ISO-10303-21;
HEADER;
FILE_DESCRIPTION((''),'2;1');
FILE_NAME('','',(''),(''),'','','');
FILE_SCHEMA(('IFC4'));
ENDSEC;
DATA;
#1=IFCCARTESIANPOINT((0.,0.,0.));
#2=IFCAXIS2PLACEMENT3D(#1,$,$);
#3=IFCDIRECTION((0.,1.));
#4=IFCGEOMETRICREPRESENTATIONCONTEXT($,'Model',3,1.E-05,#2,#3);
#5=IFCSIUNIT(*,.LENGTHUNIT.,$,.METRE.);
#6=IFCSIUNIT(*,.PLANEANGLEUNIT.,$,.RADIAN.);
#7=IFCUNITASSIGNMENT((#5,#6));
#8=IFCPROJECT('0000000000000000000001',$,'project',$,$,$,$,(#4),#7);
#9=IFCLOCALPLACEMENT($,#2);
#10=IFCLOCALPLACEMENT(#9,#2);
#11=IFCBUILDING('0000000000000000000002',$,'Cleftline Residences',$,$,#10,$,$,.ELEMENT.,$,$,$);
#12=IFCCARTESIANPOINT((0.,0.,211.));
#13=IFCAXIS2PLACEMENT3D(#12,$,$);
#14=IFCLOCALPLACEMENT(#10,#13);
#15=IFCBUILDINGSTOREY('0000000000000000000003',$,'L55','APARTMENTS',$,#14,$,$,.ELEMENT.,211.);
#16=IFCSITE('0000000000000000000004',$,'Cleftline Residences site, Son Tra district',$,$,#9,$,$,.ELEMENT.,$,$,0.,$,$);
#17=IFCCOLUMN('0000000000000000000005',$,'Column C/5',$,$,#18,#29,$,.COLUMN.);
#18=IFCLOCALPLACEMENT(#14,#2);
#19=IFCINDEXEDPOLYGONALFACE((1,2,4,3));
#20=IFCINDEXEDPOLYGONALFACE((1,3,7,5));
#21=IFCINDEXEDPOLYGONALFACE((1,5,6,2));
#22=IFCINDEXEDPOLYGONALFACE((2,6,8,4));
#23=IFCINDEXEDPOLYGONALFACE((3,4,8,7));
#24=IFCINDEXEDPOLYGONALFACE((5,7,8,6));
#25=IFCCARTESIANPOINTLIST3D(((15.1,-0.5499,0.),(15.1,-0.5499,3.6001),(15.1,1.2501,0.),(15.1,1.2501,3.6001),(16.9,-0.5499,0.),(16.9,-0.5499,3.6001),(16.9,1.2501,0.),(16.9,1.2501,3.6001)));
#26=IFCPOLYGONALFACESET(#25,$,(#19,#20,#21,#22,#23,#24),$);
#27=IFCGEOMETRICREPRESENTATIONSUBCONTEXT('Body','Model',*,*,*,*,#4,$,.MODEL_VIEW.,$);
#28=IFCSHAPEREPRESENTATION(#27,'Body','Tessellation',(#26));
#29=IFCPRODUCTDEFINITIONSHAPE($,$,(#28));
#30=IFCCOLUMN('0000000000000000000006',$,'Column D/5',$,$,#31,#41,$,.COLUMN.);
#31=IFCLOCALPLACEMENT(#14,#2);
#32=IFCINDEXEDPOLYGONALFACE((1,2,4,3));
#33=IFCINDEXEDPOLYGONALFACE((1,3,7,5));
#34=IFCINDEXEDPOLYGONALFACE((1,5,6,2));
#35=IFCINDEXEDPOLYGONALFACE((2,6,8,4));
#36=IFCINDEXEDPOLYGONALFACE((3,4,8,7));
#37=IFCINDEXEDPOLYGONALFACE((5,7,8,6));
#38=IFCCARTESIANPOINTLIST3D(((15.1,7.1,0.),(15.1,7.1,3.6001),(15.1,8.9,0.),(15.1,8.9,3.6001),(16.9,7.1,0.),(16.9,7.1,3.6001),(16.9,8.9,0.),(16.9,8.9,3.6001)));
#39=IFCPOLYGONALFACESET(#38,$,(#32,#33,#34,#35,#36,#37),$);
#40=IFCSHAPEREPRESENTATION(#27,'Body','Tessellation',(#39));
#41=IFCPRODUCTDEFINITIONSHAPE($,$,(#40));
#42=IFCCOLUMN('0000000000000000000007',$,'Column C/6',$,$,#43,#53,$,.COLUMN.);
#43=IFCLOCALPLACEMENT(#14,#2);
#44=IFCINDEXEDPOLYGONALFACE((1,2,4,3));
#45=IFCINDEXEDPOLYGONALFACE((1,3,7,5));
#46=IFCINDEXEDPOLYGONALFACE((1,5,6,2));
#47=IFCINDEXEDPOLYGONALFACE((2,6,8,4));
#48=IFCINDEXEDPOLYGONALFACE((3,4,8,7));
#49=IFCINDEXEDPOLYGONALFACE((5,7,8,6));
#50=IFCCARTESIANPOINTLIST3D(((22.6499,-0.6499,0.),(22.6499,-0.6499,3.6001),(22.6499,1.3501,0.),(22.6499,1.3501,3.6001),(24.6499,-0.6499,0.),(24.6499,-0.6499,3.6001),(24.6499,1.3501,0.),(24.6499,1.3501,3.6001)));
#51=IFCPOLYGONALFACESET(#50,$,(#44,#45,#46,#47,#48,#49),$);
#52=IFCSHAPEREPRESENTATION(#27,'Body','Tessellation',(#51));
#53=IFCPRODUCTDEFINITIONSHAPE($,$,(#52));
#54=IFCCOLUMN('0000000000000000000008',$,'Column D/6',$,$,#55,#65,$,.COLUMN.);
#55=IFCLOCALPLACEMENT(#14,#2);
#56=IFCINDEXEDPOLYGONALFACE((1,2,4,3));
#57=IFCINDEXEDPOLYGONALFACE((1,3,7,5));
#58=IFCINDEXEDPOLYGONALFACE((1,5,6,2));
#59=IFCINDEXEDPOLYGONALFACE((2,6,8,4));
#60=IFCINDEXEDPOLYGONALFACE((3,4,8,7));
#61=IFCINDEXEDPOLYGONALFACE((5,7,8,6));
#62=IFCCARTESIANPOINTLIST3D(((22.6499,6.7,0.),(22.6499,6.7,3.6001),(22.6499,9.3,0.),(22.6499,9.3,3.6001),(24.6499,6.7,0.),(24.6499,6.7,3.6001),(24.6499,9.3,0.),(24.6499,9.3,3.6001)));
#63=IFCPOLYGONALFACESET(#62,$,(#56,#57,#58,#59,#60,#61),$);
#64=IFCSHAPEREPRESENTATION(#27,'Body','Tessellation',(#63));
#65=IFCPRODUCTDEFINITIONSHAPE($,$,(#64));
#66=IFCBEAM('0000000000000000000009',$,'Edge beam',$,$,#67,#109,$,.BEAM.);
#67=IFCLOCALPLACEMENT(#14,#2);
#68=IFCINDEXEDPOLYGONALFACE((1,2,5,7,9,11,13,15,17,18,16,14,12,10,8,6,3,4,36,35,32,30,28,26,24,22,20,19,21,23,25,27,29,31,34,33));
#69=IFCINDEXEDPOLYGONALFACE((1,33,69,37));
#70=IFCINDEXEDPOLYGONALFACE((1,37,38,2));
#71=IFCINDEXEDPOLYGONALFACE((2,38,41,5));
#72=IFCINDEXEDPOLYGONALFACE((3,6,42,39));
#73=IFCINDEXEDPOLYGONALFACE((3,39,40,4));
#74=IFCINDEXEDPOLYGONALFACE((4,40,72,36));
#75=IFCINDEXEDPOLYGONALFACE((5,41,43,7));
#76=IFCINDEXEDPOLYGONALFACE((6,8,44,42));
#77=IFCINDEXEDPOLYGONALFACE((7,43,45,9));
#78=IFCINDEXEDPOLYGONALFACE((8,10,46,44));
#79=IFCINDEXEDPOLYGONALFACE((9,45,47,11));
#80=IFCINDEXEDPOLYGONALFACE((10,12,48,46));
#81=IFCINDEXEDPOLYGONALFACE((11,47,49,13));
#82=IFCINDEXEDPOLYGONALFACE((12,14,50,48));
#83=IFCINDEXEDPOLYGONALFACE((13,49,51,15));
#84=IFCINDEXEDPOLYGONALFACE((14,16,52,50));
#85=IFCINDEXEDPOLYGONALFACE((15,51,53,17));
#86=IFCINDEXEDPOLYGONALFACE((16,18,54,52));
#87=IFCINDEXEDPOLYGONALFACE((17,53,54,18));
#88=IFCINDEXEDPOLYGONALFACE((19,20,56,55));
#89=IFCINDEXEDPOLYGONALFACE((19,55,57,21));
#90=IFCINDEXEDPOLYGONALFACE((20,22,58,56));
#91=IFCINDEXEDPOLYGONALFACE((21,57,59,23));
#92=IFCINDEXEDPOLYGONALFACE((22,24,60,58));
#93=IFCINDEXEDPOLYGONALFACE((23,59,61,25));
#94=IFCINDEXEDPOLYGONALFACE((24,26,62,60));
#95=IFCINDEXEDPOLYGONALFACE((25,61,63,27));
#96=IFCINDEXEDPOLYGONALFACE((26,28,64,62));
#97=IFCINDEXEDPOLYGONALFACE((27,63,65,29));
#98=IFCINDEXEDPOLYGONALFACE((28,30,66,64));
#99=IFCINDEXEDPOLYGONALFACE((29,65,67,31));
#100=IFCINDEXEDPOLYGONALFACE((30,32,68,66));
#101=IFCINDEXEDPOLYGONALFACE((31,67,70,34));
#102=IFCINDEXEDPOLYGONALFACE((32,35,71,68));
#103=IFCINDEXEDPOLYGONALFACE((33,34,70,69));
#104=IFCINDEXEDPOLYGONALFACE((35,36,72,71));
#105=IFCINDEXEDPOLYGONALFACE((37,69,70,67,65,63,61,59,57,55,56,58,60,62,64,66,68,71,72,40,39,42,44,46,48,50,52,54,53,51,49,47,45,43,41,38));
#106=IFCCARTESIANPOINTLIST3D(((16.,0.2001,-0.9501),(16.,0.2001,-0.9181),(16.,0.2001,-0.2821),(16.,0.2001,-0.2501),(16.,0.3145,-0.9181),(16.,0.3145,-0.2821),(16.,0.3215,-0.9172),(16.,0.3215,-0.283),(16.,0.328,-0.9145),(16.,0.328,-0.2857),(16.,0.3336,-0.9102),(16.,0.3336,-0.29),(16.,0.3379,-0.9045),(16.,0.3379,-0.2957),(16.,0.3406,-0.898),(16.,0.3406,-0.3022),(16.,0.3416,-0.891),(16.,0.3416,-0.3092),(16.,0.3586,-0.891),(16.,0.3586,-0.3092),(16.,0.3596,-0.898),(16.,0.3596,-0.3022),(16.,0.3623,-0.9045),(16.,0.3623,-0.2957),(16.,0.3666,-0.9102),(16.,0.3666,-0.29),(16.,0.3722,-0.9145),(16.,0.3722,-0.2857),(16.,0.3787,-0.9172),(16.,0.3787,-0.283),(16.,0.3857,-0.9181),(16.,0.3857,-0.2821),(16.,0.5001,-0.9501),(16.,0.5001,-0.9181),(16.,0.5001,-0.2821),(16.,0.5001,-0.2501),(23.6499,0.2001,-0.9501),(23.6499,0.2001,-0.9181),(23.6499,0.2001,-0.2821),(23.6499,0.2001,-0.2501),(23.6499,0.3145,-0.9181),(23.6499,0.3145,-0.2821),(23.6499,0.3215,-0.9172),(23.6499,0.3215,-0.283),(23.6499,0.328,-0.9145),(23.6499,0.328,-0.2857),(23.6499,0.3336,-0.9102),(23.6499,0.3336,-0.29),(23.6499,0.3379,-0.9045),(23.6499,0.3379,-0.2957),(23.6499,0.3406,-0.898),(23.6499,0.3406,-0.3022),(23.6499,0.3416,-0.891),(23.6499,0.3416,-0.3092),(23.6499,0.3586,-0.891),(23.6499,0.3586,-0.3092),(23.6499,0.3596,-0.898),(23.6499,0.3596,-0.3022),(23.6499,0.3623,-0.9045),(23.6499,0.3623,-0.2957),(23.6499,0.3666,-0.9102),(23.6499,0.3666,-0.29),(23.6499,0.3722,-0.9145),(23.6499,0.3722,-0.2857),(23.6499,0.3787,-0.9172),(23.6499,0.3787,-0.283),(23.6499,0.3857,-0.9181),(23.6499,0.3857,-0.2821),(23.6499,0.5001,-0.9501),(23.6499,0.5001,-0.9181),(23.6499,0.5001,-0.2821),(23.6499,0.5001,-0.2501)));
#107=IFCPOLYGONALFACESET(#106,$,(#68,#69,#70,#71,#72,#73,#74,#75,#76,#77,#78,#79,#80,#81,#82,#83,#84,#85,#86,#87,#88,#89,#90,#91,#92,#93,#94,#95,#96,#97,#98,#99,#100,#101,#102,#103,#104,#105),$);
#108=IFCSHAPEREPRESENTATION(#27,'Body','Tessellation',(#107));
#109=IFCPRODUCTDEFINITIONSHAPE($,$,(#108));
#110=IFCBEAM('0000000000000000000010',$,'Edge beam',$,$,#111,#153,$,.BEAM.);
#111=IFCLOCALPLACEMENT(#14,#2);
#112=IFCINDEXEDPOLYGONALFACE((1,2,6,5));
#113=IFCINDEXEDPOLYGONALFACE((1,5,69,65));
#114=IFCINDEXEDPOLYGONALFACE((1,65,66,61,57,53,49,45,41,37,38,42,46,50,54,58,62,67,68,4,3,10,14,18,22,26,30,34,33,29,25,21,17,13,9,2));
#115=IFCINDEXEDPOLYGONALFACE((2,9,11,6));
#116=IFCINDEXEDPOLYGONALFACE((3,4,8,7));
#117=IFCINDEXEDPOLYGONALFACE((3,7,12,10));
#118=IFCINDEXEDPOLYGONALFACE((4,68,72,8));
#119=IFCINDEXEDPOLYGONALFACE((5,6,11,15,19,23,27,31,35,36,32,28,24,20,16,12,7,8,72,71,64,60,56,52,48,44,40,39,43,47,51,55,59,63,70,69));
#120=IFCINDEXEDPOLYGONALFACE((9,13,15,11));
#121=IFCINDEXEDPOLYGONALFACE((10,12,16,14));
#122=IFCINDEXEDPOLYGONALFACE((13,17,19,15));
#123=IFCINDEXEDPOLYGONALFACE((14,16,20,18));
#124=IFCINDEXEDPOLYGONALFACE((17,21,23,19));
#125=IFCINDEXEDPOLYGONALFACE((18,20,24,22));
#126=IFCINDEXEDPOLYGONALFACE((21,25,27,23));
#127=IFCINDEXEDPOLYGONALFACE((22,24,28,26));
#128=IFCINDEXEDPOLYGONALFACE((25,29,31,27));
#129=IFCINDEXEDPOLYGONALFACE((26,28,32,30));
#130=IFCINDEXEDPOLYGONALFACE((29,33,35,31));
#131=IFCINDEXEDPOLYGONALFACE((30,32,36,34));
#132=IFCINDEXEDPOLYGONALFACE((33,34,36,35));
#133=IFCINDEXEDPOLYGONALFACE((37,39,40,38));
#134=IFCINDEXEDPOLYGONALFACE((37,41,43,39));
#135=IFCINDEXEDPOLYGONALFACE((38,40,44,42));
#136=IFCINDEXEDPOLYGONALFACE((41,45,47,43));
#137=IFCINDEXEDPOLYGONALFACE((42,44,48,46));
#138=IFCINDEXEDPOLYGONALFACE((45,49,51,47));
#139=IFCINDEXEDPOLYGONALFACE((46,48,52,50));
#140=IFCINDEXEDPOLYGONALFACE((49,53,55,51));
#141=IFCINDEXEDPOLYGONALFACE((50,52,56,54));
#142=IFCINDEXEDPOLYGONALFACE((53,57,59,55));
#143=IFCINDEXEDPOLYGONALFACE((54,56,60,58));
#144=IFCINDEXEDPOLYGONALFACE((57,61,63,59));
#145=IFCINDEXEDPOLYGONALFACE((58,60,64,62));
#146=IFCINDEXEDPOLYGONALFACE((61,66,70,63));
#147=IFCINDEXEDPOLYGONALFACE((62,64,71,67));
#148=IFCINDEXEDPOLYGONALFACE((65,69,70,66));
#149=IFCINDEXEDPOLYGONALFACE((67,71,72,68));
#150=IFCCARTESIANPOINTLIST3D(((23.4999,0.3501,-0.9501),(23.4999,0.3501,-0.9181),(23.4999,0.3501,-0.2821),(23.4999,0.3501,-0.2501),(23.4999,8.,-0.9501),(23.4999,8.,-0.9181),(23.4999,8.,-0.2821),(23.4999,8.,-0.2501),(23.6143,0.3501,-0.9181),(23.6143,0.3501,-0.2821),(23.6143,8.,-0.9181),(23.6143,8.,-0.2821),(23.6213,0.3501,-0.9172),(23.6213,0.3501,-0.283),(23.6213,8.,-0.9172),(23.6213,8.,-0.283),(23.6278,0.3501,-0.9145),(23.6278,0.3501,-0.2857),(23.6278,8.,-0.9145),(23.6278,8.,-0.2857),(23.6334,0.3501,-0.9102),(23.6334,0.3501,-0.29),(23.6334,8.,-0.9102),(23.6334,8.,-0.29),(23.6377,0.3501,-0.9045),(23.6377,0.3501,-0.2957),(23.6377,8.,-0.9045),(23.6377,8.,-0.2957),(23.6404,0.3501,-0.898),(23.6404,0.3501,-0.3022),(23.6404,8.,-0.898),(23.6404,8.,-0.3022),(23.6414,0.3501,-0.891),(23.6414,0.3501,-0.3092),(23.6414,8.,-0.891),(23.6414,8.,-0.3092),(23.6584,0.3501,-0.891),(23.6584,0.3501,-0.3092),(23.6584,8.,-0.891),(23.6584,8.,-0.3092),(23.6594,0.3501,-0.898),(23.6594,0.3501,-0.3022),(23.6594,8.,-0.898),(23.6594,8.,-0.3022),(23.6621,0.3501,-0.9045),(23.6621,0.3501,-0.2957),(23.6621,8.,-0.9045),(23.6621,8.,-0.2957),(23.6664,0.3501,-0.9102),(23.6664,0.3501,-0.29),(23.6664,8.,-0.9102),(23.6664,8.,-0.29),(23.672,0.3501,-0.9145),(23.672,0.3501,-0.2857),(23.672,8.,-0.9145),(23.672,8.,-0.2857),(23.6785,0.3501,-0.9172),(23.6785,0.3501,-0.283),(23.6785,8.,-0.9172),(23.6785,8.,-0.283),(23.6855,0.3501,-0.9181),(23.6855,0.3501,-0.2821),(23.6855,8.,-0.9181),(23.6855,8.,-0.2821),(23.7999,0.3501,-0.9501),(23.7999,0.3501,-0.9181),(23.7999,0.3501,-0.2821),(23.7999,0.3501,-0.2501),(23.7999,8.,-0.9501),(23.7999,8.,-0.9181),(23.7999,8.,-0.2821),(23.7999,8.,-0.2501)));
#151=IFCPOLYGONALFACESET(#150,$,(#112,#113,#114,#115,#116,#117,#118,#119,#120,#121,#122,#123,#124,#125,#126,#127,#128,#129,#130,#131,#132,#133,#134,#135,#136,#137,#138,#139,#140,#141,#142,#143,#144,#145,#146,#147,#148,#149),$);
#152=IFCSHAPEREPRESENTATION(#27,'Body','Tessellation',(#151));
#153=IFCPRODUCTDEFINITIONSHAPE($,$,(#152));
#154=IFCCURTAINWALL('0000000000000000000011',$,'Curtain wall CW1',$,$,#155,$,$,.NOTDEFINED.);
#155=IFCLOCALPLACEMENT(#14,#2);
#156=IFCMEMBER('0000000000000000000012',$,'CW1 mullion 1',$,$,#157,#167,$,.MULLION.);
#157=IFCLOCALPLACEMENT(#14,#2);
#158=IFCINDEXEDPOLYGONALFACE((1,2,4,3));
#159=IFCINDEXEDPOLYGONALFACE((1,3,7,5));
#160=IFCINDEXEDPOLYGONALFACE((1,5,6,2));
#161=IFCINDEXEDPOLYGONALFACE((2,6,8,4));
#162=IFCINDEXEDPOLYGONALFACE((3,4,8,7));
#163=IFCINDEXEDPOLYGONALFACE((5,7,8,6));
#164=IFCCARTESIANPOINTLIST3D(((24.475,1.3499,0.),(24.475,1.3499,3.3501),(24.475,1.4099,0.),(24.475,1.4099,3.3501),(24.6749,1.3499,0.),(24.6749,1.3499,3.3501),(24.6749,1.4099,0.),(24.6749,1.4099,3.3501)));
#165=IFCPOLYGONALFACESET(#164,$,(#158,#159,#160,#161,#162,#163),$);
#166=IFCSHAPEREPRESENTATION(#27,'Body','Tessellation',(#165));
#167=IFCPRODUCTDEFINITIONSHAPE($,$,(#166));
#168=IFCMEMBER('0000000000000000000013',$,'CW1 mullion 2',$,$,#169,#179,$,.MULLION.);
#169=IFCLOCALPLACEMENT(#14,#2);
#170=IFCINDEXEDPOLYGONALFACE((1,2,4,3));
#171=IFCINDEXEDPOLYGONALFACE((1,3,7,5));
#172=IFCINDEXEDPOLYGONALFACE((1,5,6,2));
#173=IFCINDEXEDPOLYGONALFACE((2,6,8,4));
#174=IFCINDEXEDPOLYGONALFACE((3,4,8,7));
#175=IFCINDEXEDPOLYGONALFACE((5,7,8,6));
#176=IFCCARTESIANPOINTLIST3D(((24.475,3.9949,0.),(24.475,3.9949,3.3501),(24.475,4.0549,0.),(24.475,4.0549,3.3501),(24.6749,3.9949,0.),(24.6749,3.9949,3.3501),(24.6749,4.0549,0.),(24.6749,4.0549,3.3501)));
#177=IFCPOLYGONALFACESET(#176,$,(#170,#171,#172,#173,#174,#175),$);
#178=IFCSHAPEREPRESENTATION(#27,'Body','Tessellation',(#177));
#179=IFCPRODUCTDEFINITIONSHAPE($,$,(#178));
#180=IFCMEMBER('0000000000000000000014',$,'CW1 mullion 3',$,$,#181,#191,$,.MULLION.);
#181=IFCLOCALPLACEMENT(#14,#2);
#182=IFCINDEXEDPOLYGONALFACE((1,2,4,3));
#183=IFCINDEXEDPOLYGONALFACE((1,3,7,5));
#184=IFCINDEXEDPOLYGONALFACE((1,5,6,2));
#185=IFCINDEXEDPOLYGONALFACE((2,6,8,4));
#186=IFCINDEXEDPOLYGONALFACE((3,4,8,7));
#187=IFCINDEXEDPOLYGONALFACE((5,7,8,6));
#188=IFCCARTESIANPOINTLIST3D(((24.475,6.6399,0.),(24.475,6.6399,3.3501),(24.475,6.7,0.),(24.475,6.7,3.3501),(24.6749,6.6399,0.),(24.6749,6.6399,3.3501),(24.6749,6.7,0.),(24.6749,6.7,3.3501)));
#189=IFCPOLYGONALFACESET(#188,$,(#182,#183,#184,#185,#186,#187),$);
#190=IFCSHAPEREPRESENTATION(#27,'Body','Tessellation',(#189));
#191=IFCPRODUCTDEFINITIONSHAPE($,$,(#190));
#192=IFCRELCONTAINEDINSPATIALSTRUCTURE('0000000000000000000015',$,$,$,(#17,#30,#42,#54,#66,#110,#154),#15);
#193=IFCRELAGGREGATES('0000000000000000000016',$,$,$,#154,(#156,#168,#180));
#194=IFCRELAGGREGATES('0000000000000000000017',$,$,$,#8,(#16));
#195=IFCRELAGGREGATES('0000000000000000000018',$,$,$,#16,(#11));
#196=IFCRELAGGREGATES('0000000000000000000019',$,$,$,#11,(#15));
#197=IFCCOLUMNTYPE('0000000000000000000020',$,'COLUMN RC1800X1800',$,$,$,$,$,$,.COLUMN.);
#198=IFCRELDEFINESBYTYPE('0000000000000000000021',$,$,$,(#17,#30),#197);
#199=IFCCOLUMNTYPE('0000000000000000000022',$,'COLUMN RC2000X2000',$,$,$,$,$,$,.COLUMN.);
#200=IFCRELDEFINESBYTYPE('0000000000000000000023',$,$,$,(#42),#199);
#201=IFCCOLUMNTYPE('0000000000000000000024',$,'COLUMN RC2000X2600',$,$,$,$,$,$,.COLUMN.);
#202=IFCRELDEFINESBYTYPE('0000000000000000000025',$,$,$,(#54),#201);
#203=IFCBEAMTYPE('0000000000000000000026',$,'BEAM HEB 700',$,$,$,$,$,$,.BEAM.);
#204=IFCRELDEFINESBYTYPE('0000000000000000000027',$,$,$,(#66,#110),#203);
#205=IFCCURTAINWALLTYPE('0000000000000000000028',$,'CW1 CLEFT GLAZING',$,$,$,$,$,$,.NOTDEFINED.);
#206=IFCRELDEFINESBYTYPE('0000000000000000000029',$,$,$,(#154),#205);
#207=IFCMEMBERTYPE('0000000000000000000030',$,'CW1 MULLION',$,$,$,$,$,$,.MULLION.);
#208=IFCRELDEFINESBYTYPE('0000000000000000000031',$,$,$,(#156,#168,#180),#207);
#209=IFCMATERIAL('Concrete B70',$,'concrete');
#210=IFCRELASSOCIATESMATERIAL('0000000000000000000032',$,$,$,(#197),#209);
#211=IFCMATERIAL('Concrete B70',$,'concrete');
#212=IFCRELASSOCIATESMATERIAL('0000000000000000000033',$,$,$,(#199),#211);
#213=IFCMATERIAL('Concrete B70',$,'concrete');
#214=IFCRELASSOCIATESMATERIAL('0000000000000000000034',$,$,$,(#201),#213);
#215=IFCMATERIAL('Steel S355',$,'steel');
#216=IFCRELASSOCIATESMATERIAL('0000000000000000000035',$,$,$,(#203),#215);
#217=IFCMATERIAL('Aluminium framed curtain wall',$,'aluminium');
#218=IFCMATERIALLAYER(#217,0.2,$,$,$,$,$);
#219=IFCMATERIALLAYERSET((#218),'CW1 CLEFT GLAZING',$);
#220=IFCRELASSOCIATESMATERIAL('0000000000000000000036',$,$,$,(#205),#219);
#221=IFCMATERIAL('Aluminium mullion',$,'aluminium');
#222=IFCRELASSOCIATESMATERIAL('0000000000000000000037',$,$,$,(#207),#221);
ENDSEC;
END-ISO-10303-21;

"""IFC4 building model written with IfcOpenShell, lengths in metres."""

from ifc_helpers import new_model, si_unit, direction, frame, origin, origin_2d, place, context, subcontext, project, spatial, rectangle, i_section, extrude, material, layer, layer_set, material_profile, profile_set, type_object, element, aggregate, save


model = new_model("IFC4")

# Units and contexts
model_context = context("Model", 3, precision=1e-05, world=origin(), true_north=direction((0.0, 1.0)))
body_context = subcontext(model_context, "Body", "Model", "MODEL_VIEW")
ifc_project = project(units=[si_unit("LENGTHUNIT", "METRE"), si_unit("PLANEANGLEUNIT", "RADIAN")], contexts=[model_context])

# Site, building, storey
site_placement = place(None, origin())
site = spatial("IfcSite", under=ifc_project, at=site_placement, Name="Cleftline Residences site, Son Tra district", CompositionType="ELEMENT", RefElevation=0.0)
building_placement = place(site_placement, origin())
building = spatial("IfcBuilding", under=site, at=building_placement, Name="Cleftline Residences", CompositionType="ELEMENT")
storey_placement = place(building_placement, frame((0.0, 0.0, 211.0)))
storey = spatial("IfcBuildingStorey", under=building, at=storey_placement, Name="L55", Description="APARTMENTS", CompositionType="ELEMENT", Elevation=211.0)

# Columns
ifc_material_1 = material(Name="Concrete B70", Category="concrete")
ifc_material_profile_1 = material_profile(ifc_material_1, rectangle(XDim=1.8, YDim=1.8, at=origin_2d()))
ifc_profile_set_1 = profile_set([ifc_material_profile_1], Name="Concrete B70")
column_type_1 = type_object("IfcColumnType", Name="COLUMN RC1800X1800", PredefinedType="COLUMN", material=ifc_profile_set_1)
for number, where, z_axis, x_axis, name in (
    (1, (16.0, 0.3501, 0.0), (0.0, 0.0, 1.0), (1.0, 0.0, 0.0), "Column C/5"),
    (2, (16.0, 8.0, 0.0), (0.0, 0.0, 1.0), (1.0, 0.0, 0.0), "Column D/5"),
):
    element("IfcColumn", number, at=place(storey_placement, frame(where, z_axis=z_axis, x_axis=x_axis)), inside=storey, type_object=column_type_1, Name=name, PredefinedType="COLUMN", context=body_context, shape_type="SweptSolid", body=[
        extrude(rectangle(XDim=1.8, YDim=1.8, at=origin_2d()), origin(), (0.0, 0.0, 1.0), 3.6001),
    ])
ifc_material_2 = material(Name="Concrete B70", Category="concrete")
ifc_material_profile_2 = material_profile(ifc_material_2, rectangle(XDim=2.0, YDim=2.0, at=origin_2d()))
ifc_profile_set_2 = profile_set([ifc_material_profile_2], Name="Concrete B70")
column_type_2 = type_object("IfcColumnType", Name="COLUMN RC2000X2000", PredefinedType="COLUMN", material=ifc_profile_set_2)
column_1_placement = place(storey_placement, frame((23.6499, 0.3501, 0.0), z_axis=(0.0, 0.0, 1.0), x_axis=(1.0, 0.0, 0.0)))
element("IfcColumn", 3, at=column_1_placement, inside=storey, type_object=column_type_2, Name="Column C/6", PredefinedType="COLUMN", context=body_context, shape_type="SweptSolid", body=[
    extrude(rectangle(XDim=2.0, YDim=2.0, at=origin_2d()), origin(), (0.0, 0.0, 1.0), 3.6001),
])
ifc_material_3 = material(Name="Concrete B70", Category="concrete")
ifc_material_profile_3 = material_profile(ifc_material_3, rectangle(XDim=2.0, YDim=2.6001, at=origin_2d()))
ifc_profile_set_3 = profile_set([ifc_material_profile_3], Name="Concrete B70")
column_type_3 = type_object("IfcColumnType", Name="COLUMN RC2000X2600", PredefinedType="COLUMN", material=ifc_profile_set_3)
column_2_placement = place(storey_placement, frame((23.6499, 8.0, 0.0), z_axis=(0.0, 0.0, 1.0), x_axis=(1.0, 0.0, 0.0)))
element("IfcColumn", 4, at=column_2_placement, inside=storey, type_object=column_type_3, Name="Column D/6", PredefinedType="COLUMN", context=body_context, shape_type="SweptSolid", body=[
    extrude(rectangle(XDim=2.0, YDim=2.6001, at=origin_2d()), origin(), (0.0, 0.0, 1.0), 3.6001),
])

# Beams
ifc_material_4 = material(Name="Steel S355", Category="steel")
ifc_material_profile_4 = material_profile(ifc_material_4, i_section(OverallWidth=0.3, OverallDepth=0.7, WebThickness=0.0171, FlangeThickness=0.032, FilletRadius=0.0271, at=origin_2d()))
ifc_profile_set_4 = profile_set([ifc_material_profile_4], Name="Steel S355")
beam_type = type_object("IfcBeamType", Name="BEAM HEB 700", PredefinedType="BEAM", material=ifc_profile_set_4)
for number, where, z_axis, x_axis, name in (
    (5, (16.0, 0.3501, -0.6001), (1.0, 0.0, 0.0), (0.0, 1.0, 0.0), "Edge beam"),
    (6, (23.6499, 0.3501, -0.6001), (0.0, 1.0, 0.0), (-1.0, 0.0, 0.0), "Edge beam"),
):
    element("IfcBeam", number, at=place(storey_placement, frame(where, z_axis=z_axis, x_axis=x_axis)), inside=storey, type_object=beam_type, Name=name, PredefinedType="BEAM", context=body_context, shape_type="SweptSolid", body=[
        extrude(i_section(OverallWidth=0.3, OverallDepth=0.7, WebThickness=0.0171, FlangeThickness=0.032, FilletRadius=0.0271, at=origin_2d()), origin(), (0.0, 0.0, 1.0), 7.6499),
    ])

# Curtain wall, members
ifc_material_5 = material(Name="Aluminium framed curtain wall", Category="aluminium")
ifc_layer_1 = layer(ifc_material_5, 0.2)
ifc_layer_set_1 = layer_set([ifc_layer_1], Name="CW1 CLEFT GLAZING")
curtain_wall_type = type_object("IfcCurtainWallType", Name="CW1 CLEFT GLAZING", PredefinedType="NOTDEFINED", material=ifc_layer_set_1)
curtain_wall_1_placement = place(storey_placement, origin())
curtain_wall_1 = element("IfcCurtainWall", 7, at=curtain_wall_1_placement, inside=storey, type_object=curtain_wall_type, Name="Curtain wall CW1", PredefinedType="NOTDEFINED")
ifc_material_6 = material(Name="Aluminium mullion", Category="aluminium")
ifc_material_profile_5 = material_profile(ifc_material_6, rectangle(XDim=0.2, YDim=0.0601, at=origin_2d()))
ifc_profile_set_5 = profile_set([ifc_material_profile_5], Name="Aluminium mullion")
member_type_1 = type_object("IfcMemberType", Name="CW1 MULLION", PredefinedType="MULLION", material=ifc_profile_set_5)
member_1_placement = place(storey_placement, frame((24.575, 1.3799, 0.0), z_axis=(0.0, 0.0, 1.0), x_axis=(-1.0, 0.0, 0.0)))
member_1 = element("IfcMember", 8, at=member_1_placement, type_object=member_type_1, Name="CW1 mullion 1", PredefinedType="MULLION", context=body_context, shape_type="SweptSolid", body=[
    extrude(rectangle(XDim=0.2, YDim=0.0601, at=origin_2d()), origin(), (0.0, 0.0, 1.0), 3.3501),
])
member_2_placement = place(storey_placement, frame((24.575, 4.0249, 0.0), z_axis=(0.0, 0.0, 1.0), x_axis=(-1.0, 0.0, 0.0)))
member_2 = element("IfcMember", 9, at=member_2_placement, type_object=member_type_1, Name="CW1 mullion 2", PredefinedType="MULLION", context=body_context, shape_type="SweptSolid", body=[
    extrude(rectangle(XDim=0.2, YDim=0.0601, at=origin_2d()), origin(), (0.0, 0.0, 1.0), 3.3501),
])
member_3_placement = place(storey_placement, frame((24.575, 6.6699, 0.0), z_axis=(0.0, 0.0, 1.0), x_axis=(-1.0, 0.0, 0.0)))
member_3 = element("IfcMember", 10, at=member_3_placement, type_object=member_type_1, Name="CW1 mullion 3", PredefinedType="MULLION", context=body_context, shape_type="SweptSolid", body=[
    extrude(rectangle(XDim=0.2, YDim=0.0601, at=origin_2d()), origin(), (0.0, 0.0, 1.0), 3.3501),
])

aggregate(curtain_wall_1, [member_1, member_2, member_3])

save(model, "model.ifc")
